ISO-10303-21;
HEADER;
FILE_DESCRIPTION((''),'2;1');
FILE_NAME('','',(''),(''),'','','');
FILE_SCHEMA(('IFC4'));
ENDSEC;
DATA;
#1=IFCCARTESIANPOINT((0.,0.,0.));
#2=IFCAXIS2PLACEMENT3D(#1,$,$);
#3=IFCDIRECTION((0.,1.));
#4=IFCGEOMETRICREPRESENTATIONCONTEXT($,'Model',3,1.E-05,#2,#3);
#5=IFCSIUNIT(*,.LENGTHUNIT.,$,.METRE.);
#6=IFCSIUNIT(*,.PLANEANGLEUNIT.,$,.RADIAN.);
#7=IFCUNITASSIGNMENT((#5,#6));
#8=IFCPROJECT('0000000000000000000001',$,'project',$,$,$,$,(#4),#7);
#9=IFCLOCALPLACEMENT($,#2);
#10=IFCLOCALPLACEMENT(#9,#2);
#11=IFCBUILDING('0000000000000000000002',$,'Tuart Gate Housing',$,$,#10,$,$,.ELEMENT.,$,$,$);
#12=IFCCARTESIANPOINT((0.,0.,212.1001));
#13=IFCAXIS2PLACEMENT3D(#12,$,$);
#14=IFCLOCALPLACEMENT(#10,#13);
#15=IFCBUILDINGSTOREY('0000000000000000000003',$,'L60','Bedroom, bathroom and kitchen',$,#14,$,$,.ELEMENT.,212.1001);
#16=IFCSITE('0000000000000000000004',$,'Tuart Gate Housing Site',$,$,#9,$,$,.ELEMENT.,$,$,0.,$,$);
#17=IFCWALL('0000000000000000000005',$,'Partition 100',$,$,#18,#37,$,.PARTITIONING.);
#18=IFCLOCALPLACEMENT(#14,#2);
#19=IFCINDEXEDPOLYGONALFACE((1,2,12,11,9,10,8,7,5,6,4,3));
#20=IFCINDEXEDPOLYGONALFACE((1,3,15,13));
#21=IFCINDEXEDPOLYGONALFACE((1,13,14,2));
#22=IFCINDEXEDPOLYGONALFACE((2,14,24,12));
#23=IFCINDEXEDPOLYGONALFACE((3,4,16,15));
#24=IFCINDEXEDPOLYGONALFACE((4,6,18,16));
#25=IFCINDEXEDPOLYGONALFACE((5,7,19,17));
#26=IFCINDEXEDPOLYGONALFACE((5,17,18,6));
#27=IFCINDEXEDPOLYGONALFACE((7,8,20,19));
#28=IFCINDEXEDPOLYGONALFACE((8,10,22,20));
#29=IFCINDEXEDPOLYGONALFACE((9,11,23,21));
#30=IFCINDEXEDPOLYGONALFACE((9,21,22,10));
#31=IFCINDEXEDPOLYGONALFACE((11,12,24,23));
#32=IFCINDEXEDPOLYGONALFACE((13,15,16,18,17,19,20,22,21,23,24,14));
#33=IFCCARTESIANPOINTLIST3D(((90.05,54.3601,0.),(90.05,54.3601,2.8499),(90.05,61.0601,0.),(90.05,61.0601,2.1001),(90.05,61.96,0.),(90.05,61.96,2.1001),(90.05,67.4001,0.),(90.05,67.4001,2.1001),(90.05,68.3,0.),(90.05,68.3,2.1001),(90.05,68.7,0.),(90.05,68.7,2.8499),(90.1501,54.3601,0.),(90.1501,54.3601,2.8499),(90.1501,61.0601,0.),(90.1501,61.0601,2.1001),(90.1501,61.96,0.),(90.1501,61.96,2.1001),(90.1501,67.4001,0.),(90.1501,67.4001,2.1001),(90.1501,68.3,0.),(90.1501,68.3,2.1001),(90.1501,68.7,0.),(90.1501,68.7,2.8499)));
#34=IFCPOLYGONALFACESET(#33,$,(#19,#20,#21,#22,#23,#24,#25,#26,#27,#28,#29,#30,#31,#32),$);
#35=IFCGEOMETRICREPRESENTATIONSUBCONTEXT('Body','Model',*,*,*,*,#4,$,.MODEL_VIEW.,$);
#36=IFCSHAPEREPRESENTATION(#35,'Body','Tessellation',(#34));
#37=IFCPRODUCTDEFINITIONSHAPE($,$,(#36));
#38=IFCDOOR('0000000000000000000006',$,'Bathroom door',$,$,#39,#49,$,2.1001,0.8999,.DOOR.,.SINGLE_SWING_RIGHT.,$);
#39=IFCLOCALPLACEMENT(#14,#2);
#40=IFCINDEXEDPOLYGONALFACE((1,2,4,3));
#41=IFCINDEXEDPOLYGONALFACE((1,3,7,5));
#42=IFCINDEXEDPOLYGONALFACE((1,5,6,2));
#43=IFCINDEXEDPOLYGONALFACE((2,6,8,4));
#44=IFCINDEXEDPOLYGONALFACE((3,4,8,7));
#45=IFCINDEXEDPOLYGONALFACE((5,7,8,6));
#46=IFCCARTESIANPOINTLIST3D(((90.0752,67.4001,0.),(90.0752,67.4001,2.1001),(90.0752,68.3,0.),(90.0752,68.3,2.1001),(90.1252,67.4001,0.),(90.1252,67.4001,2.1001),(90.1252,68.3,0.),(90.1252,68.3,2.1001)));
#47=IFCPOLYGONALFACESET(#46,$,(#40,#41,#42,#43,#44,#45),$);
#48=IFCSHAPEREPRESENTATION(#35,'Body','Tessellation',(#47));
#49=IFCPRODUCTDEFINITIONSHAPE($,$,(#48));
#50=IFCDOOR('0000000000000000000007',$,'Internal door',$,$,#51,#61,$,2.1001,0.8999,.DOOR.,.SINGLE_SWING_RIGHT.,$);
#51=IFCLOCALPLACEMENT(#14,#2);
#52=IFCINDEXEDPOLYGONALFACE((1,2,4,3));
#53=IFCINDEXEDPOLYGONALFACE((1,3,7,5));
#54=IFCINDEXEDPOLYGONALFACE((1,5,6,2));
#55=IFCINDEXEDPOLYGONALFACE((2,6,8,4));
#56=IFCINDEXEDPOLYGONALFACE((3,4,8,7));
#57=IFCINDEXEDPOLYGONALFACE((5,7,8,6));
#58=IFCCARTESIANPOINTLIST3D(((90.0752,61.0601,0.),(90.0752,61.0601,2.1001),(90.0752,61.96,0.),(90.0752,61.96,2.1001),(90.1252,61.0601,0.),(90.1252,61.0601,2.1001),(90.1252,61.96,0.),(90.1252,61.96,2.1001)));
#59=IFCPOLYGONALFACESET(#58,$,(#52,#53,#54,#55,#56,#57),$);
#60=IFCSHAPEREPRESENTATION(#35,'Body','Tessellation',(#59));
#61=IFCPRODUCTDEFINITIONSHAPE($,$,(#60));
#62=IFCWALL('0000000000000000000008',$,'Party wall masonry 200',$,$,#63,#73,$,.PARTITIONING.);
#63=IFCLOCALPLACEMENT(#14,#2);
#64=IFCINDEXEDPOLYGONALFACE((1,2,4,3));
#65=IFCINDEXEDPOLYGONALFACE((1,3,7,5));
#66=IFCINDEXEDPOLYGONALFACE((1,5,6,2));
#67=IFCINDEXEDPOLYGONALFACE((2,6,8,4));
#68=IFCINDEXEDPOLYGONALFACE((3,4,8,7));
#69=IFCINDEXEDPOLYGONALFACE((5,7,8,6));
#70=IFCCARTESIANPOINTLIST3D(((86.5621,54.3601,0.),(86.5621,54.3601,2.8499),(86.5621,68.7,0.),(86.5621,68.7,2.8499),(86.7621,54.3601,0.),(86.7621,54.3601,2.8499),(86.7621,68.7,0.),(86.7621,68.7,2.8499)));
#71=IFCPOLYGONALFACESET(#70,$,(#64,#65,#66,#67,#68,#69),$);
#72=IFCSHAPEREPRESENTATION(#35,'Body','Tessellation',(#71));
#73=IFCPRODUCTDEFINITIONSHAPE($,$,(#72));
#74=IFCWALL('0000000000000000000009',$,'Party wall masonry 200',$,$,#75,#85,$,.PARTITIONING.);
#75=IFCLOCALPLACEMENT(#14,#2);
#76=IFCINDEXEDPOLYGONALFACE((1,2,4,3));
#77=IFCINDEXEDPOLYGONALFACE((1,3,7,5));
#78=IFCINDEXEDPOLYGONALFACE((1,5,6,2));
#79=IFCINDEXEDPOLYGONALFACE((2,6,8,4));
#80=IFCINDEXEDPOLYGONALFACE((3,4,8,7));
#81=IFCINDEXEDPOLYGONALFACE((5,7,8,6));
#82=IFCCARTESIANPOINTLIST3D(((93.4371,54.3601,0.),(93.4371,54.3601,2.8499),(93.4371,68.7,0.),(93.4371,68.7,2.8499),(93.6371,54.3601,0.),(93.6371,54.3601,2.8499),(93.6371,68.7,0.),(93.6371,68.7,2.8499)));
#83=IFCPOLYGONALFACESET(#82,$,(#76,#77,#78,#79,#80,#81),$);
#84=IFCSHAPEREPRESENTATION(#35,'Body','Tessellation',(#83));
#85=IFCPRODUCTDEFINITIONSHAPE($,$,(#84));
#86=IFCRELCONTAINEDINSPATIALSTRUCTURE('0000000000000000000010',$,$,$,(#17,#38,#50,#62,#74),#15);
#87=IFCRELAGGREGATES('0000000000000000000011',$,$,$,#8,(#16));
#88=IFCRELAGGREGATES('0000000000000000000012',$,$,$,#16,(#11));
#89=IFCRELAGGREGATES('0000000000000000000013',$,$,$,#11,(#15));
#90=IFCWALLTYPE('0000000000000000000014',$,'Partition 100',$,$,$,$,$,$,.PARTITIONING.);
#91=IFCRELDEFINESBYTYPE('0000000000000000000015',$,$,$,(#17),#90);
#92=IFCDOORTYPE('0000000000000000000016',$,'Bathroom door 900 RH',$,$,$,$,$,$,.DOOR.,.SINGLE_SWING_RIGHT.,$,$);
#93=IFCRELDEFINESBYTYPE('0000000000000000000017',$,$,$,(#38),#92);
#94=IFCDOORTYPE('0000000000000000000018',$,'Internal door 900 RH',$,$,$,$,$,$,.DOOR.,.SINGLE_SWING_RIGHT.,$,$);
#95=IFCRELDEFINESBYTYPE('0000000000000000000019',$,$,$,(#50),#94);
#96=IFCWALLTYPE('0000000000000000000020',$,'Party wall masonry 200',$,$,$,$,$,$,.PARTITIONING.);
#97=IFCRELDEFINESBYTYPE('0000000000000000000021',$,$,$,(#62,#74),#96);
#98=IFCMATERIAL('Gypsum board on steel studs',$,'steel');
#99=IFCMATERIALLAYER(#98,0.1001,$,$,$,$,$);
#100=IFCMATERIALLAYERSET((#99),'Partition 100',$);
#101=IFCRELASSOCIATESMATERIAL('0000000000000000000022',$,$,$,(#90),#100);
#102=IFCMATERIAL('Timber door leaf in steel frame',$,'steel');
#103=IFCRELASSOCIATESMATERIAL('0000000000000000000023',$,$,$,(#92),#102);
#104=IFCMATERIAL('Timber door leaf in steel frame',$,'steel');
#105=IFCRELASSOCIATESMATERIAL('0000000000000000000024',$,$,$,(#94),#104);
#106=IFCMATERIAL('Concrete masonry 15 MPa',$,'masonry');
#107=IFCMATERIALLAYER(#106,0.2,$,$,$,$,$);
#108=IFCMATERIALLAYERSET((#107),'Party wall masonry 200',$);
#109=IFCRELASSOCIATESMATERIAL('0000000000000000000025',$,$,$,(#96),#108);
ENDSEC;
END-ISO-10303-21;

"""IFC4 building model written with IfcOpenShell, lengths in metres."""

from ifc_helpers import new_model, si_unit, direction, frame, frame_2d, origin, place, context, subcontext, project, spatial, rectangle, extrude, material, layer, layer_set, type_object, element, fill, save


model = new_model("IFC4")

# Units and contexts
model_context = context("Model", 3, precision=1e-05, world=origin(), true_north=direction((0.0, 1.0)))
body_context = subcontext(model_context, "Body", "Model", "MODEL_VIEW")
ifc_project = project(units=[si_unit("LENGTHUNIT", "METRE"), si_unit("PLANEANGLEUNIT", "RADIAN")], contexts=[model_context])

# Site, building, storey
site_placement = place(None, origin())
site = spatial("IfcSite", under=ifc_project, at=site_placement, Name="Tuart Gate Housing Site", CompositionType="ELEMENT", RefElevation=0.0)
building_placement = place(site_placement, origin())
building = spatial("IfcBuilding", under=site, at=building_placement, Name="Tuart Gate Housing", CompositionType="ELEMENT")
storey_placement = place(building_placement, frame((0.0, 0.0, 212.1001)))
storey = spatial("IfcBuildingStorey", under=building, at=storey_placement, Name="L60", Description="Bedroom, bathroom and kitchen", CompositionType="ELEMENT", Elevation=212.1001)

# Shared definitions
ifc_material_1 = material(Name="Gypsum board on steel studs", Category="steel")
ifc_layer_1 = layer(ifc_material_1, 0.1001)
ifc_layer_set_1 = layer_set([ifc_layer_1], Name="Partition 100")
wall_type_1 = type_object("IfcWallType", Name="Partition 100", PredefinedType="PARTITIONING", material=ifc_layer_set_1)

# Wall, openings, doors
wall_1_placement = place(storey_placement, frame((90.1001, 54.3601, 0.0), z_axis=(0.0, 0.0, 1.0), x_axis=(0.0, 1.0, 0.0)))
wall_1 = element("IfcWall", 1, at=wall_1_placement, inside=storey, type_object=wall_type_1, Name="Partition 100", PredefinedType="PARTITIONING", context=body_context, shape_type="SweptSolid", body=[
    extrude(rectangle(XDim=14.3398, YDim=0.1001, at=frame_2d((7.1699, 0.0))), origin(), (0.0, 0.0, 1.0), 2.8499),
])
opening_1_placement = place(wall_1_placement, frame((6.7, 0.0, 0.0)))
opening_1 = element("IfcOpeningElement", 2, at=opening_1_placement, cuts=wall_1, PredefinedType="OPENING", context=body_context, shape_type="SweptSolid", body=[
    extrude(rectangle(XDim=0.8999, YDim=2.1001, at=frame_2d((0.45, 1.05))), frame((0.0, 0.0601, 0.0), z_axis=(0.0, -1.0, 0.0), x_axis=(1.0, 0.0, 0.0)), (0.0, 0.0, 1.0), 0.1201),
])
opening_2_placement = place(wall_1_placement, frame((13.04, 0.0, 0.0)))
opening_2 = element("IfcOpeningElement", 3, at=opening_2_placement, cuts=wall_1, PredefinedType="OPENING", context=body_context, shape_type="SweptSolid", body=[
    extrude(rectangle(XDim=0.8999, YDim=2.1001, at=frame_2d((0.45, 1.05))), frame((0.0, 0.0601, 0.0), z_axis=(0.0, -1.0, 0.0), x_axis=(1.0, 0.0, 0.0)), (0.0, 0.0, 1.0), 0.1201),
])
ifc_material_2 = material(Name="Timber door leaf in steel frame", Category="steel")
door_type_1 = type_object("IfcDoorType", Name="Bathroom door 900 RH", OperationType="SINGLE_SWING_RIGHT", PredefinedType="DOOR", material=ifc_material_2)
door_1_placement = place(opening_2_placement, origin())
door_1 = element("IfcDoor", 4, at=door_1_placement, inside=storey, type_object=door_type_1, Name="Bathroom door", OperationType="SINGLE_SWING_RIGHT", OverallHeight=2.1001, OverallWidth=0.8999, PredefinedType="DOOR", context=body_context, shape_type="SweptSolid", body=[
    extrude(rectangle(XDim=0.8999, YDim=2.1001, at=frame_2d((0.45, 1.05))), frame((0.0, 0.0249, 0.0), z_axis=(0.0, -1.0, 0.0), x_axis=(1.0, 0.0, 0.0)), (0.0, 0.0, 1.0), 0.05),
])
fill(opening_2, door_1)
ifc_material_3 = material(Name="Timber door leaf in steel frame", Category="steel")
door_type_2 = type_object("IfcDoorType", Name="Internal door 900 RH", OperationType="SINGLE_SWING_RIGHT", PredefinedType="DOOR", material=ifc_material_3)
door_2_placement = place(opening_1_placement, origin())
door_2 = element("IfcDoor", 5, at=door_2_placement, inside=storey, type_object=door_type_2, Name="Internal door", OperationType="SINGLE_SWING_RIGHT", OverallHeight=2.1001, OverallWidth=0.8999, PredefinedType="DOOR", context=body_context, shape_type="SweptSolid", body=[
    extrude(rectangle(XDim=0.8999, YDim=2.1001, at=frame_2d((0.45, 1.05))), frame((0.0, 0.0249, 0.0), z_axis=(0.0, -1.0, 0.0), x_axis=(1.0, 0.0, 0.0)), (0.0, 0.0, 1.0), 0.05),
])
fill(opening_1, door_2)

# Walls
ifc_material_4 = material(Name="Concrete masonry 15 MPa", Category="masonry")
ifc_layer_2 = layer(ifc_material_4, 0.2)
ifc_layer_set_2 = layer_set([ifc_layer_2], Name="Party wall masonry 200")
wall_type_2 = type_object("IfcWallType", Name="Party wall masonry 200", PredefinedType="PARTITIONING", material=ifc_layer_set_2)
for number, where, z_axis, x_axis, name in (
    (6, (86.6621, 54.3601, 0.0), (0.0, 0.0, 1.0), (0.0, 1.0, 0.0), "Party wall masonry 200"),
    (7, (93.5371, 54.3601, 0.0), (0.0, 0.0, 1.0), (0.0, 1.0, 0.0), "Party wall masonry 200"),
):
    element("IfcWall", number, at=place(storey_placement, frame(where, z_axis=z_axis, x_axis=x_axis)), inside=storey, type_object=wall_type_2, Name=name, PredefinedType="PARTITIONING", context=body_context, shape_type="SweptSolid", body=[
        extrude(rectangle(XDim=14.3398, YDim=0.2, at=frame_2d((7.1699, 0.0))), origin(), (0.0, 0.0, 1.0), 2.8499),
    ])

save(model, "model.ifc")
